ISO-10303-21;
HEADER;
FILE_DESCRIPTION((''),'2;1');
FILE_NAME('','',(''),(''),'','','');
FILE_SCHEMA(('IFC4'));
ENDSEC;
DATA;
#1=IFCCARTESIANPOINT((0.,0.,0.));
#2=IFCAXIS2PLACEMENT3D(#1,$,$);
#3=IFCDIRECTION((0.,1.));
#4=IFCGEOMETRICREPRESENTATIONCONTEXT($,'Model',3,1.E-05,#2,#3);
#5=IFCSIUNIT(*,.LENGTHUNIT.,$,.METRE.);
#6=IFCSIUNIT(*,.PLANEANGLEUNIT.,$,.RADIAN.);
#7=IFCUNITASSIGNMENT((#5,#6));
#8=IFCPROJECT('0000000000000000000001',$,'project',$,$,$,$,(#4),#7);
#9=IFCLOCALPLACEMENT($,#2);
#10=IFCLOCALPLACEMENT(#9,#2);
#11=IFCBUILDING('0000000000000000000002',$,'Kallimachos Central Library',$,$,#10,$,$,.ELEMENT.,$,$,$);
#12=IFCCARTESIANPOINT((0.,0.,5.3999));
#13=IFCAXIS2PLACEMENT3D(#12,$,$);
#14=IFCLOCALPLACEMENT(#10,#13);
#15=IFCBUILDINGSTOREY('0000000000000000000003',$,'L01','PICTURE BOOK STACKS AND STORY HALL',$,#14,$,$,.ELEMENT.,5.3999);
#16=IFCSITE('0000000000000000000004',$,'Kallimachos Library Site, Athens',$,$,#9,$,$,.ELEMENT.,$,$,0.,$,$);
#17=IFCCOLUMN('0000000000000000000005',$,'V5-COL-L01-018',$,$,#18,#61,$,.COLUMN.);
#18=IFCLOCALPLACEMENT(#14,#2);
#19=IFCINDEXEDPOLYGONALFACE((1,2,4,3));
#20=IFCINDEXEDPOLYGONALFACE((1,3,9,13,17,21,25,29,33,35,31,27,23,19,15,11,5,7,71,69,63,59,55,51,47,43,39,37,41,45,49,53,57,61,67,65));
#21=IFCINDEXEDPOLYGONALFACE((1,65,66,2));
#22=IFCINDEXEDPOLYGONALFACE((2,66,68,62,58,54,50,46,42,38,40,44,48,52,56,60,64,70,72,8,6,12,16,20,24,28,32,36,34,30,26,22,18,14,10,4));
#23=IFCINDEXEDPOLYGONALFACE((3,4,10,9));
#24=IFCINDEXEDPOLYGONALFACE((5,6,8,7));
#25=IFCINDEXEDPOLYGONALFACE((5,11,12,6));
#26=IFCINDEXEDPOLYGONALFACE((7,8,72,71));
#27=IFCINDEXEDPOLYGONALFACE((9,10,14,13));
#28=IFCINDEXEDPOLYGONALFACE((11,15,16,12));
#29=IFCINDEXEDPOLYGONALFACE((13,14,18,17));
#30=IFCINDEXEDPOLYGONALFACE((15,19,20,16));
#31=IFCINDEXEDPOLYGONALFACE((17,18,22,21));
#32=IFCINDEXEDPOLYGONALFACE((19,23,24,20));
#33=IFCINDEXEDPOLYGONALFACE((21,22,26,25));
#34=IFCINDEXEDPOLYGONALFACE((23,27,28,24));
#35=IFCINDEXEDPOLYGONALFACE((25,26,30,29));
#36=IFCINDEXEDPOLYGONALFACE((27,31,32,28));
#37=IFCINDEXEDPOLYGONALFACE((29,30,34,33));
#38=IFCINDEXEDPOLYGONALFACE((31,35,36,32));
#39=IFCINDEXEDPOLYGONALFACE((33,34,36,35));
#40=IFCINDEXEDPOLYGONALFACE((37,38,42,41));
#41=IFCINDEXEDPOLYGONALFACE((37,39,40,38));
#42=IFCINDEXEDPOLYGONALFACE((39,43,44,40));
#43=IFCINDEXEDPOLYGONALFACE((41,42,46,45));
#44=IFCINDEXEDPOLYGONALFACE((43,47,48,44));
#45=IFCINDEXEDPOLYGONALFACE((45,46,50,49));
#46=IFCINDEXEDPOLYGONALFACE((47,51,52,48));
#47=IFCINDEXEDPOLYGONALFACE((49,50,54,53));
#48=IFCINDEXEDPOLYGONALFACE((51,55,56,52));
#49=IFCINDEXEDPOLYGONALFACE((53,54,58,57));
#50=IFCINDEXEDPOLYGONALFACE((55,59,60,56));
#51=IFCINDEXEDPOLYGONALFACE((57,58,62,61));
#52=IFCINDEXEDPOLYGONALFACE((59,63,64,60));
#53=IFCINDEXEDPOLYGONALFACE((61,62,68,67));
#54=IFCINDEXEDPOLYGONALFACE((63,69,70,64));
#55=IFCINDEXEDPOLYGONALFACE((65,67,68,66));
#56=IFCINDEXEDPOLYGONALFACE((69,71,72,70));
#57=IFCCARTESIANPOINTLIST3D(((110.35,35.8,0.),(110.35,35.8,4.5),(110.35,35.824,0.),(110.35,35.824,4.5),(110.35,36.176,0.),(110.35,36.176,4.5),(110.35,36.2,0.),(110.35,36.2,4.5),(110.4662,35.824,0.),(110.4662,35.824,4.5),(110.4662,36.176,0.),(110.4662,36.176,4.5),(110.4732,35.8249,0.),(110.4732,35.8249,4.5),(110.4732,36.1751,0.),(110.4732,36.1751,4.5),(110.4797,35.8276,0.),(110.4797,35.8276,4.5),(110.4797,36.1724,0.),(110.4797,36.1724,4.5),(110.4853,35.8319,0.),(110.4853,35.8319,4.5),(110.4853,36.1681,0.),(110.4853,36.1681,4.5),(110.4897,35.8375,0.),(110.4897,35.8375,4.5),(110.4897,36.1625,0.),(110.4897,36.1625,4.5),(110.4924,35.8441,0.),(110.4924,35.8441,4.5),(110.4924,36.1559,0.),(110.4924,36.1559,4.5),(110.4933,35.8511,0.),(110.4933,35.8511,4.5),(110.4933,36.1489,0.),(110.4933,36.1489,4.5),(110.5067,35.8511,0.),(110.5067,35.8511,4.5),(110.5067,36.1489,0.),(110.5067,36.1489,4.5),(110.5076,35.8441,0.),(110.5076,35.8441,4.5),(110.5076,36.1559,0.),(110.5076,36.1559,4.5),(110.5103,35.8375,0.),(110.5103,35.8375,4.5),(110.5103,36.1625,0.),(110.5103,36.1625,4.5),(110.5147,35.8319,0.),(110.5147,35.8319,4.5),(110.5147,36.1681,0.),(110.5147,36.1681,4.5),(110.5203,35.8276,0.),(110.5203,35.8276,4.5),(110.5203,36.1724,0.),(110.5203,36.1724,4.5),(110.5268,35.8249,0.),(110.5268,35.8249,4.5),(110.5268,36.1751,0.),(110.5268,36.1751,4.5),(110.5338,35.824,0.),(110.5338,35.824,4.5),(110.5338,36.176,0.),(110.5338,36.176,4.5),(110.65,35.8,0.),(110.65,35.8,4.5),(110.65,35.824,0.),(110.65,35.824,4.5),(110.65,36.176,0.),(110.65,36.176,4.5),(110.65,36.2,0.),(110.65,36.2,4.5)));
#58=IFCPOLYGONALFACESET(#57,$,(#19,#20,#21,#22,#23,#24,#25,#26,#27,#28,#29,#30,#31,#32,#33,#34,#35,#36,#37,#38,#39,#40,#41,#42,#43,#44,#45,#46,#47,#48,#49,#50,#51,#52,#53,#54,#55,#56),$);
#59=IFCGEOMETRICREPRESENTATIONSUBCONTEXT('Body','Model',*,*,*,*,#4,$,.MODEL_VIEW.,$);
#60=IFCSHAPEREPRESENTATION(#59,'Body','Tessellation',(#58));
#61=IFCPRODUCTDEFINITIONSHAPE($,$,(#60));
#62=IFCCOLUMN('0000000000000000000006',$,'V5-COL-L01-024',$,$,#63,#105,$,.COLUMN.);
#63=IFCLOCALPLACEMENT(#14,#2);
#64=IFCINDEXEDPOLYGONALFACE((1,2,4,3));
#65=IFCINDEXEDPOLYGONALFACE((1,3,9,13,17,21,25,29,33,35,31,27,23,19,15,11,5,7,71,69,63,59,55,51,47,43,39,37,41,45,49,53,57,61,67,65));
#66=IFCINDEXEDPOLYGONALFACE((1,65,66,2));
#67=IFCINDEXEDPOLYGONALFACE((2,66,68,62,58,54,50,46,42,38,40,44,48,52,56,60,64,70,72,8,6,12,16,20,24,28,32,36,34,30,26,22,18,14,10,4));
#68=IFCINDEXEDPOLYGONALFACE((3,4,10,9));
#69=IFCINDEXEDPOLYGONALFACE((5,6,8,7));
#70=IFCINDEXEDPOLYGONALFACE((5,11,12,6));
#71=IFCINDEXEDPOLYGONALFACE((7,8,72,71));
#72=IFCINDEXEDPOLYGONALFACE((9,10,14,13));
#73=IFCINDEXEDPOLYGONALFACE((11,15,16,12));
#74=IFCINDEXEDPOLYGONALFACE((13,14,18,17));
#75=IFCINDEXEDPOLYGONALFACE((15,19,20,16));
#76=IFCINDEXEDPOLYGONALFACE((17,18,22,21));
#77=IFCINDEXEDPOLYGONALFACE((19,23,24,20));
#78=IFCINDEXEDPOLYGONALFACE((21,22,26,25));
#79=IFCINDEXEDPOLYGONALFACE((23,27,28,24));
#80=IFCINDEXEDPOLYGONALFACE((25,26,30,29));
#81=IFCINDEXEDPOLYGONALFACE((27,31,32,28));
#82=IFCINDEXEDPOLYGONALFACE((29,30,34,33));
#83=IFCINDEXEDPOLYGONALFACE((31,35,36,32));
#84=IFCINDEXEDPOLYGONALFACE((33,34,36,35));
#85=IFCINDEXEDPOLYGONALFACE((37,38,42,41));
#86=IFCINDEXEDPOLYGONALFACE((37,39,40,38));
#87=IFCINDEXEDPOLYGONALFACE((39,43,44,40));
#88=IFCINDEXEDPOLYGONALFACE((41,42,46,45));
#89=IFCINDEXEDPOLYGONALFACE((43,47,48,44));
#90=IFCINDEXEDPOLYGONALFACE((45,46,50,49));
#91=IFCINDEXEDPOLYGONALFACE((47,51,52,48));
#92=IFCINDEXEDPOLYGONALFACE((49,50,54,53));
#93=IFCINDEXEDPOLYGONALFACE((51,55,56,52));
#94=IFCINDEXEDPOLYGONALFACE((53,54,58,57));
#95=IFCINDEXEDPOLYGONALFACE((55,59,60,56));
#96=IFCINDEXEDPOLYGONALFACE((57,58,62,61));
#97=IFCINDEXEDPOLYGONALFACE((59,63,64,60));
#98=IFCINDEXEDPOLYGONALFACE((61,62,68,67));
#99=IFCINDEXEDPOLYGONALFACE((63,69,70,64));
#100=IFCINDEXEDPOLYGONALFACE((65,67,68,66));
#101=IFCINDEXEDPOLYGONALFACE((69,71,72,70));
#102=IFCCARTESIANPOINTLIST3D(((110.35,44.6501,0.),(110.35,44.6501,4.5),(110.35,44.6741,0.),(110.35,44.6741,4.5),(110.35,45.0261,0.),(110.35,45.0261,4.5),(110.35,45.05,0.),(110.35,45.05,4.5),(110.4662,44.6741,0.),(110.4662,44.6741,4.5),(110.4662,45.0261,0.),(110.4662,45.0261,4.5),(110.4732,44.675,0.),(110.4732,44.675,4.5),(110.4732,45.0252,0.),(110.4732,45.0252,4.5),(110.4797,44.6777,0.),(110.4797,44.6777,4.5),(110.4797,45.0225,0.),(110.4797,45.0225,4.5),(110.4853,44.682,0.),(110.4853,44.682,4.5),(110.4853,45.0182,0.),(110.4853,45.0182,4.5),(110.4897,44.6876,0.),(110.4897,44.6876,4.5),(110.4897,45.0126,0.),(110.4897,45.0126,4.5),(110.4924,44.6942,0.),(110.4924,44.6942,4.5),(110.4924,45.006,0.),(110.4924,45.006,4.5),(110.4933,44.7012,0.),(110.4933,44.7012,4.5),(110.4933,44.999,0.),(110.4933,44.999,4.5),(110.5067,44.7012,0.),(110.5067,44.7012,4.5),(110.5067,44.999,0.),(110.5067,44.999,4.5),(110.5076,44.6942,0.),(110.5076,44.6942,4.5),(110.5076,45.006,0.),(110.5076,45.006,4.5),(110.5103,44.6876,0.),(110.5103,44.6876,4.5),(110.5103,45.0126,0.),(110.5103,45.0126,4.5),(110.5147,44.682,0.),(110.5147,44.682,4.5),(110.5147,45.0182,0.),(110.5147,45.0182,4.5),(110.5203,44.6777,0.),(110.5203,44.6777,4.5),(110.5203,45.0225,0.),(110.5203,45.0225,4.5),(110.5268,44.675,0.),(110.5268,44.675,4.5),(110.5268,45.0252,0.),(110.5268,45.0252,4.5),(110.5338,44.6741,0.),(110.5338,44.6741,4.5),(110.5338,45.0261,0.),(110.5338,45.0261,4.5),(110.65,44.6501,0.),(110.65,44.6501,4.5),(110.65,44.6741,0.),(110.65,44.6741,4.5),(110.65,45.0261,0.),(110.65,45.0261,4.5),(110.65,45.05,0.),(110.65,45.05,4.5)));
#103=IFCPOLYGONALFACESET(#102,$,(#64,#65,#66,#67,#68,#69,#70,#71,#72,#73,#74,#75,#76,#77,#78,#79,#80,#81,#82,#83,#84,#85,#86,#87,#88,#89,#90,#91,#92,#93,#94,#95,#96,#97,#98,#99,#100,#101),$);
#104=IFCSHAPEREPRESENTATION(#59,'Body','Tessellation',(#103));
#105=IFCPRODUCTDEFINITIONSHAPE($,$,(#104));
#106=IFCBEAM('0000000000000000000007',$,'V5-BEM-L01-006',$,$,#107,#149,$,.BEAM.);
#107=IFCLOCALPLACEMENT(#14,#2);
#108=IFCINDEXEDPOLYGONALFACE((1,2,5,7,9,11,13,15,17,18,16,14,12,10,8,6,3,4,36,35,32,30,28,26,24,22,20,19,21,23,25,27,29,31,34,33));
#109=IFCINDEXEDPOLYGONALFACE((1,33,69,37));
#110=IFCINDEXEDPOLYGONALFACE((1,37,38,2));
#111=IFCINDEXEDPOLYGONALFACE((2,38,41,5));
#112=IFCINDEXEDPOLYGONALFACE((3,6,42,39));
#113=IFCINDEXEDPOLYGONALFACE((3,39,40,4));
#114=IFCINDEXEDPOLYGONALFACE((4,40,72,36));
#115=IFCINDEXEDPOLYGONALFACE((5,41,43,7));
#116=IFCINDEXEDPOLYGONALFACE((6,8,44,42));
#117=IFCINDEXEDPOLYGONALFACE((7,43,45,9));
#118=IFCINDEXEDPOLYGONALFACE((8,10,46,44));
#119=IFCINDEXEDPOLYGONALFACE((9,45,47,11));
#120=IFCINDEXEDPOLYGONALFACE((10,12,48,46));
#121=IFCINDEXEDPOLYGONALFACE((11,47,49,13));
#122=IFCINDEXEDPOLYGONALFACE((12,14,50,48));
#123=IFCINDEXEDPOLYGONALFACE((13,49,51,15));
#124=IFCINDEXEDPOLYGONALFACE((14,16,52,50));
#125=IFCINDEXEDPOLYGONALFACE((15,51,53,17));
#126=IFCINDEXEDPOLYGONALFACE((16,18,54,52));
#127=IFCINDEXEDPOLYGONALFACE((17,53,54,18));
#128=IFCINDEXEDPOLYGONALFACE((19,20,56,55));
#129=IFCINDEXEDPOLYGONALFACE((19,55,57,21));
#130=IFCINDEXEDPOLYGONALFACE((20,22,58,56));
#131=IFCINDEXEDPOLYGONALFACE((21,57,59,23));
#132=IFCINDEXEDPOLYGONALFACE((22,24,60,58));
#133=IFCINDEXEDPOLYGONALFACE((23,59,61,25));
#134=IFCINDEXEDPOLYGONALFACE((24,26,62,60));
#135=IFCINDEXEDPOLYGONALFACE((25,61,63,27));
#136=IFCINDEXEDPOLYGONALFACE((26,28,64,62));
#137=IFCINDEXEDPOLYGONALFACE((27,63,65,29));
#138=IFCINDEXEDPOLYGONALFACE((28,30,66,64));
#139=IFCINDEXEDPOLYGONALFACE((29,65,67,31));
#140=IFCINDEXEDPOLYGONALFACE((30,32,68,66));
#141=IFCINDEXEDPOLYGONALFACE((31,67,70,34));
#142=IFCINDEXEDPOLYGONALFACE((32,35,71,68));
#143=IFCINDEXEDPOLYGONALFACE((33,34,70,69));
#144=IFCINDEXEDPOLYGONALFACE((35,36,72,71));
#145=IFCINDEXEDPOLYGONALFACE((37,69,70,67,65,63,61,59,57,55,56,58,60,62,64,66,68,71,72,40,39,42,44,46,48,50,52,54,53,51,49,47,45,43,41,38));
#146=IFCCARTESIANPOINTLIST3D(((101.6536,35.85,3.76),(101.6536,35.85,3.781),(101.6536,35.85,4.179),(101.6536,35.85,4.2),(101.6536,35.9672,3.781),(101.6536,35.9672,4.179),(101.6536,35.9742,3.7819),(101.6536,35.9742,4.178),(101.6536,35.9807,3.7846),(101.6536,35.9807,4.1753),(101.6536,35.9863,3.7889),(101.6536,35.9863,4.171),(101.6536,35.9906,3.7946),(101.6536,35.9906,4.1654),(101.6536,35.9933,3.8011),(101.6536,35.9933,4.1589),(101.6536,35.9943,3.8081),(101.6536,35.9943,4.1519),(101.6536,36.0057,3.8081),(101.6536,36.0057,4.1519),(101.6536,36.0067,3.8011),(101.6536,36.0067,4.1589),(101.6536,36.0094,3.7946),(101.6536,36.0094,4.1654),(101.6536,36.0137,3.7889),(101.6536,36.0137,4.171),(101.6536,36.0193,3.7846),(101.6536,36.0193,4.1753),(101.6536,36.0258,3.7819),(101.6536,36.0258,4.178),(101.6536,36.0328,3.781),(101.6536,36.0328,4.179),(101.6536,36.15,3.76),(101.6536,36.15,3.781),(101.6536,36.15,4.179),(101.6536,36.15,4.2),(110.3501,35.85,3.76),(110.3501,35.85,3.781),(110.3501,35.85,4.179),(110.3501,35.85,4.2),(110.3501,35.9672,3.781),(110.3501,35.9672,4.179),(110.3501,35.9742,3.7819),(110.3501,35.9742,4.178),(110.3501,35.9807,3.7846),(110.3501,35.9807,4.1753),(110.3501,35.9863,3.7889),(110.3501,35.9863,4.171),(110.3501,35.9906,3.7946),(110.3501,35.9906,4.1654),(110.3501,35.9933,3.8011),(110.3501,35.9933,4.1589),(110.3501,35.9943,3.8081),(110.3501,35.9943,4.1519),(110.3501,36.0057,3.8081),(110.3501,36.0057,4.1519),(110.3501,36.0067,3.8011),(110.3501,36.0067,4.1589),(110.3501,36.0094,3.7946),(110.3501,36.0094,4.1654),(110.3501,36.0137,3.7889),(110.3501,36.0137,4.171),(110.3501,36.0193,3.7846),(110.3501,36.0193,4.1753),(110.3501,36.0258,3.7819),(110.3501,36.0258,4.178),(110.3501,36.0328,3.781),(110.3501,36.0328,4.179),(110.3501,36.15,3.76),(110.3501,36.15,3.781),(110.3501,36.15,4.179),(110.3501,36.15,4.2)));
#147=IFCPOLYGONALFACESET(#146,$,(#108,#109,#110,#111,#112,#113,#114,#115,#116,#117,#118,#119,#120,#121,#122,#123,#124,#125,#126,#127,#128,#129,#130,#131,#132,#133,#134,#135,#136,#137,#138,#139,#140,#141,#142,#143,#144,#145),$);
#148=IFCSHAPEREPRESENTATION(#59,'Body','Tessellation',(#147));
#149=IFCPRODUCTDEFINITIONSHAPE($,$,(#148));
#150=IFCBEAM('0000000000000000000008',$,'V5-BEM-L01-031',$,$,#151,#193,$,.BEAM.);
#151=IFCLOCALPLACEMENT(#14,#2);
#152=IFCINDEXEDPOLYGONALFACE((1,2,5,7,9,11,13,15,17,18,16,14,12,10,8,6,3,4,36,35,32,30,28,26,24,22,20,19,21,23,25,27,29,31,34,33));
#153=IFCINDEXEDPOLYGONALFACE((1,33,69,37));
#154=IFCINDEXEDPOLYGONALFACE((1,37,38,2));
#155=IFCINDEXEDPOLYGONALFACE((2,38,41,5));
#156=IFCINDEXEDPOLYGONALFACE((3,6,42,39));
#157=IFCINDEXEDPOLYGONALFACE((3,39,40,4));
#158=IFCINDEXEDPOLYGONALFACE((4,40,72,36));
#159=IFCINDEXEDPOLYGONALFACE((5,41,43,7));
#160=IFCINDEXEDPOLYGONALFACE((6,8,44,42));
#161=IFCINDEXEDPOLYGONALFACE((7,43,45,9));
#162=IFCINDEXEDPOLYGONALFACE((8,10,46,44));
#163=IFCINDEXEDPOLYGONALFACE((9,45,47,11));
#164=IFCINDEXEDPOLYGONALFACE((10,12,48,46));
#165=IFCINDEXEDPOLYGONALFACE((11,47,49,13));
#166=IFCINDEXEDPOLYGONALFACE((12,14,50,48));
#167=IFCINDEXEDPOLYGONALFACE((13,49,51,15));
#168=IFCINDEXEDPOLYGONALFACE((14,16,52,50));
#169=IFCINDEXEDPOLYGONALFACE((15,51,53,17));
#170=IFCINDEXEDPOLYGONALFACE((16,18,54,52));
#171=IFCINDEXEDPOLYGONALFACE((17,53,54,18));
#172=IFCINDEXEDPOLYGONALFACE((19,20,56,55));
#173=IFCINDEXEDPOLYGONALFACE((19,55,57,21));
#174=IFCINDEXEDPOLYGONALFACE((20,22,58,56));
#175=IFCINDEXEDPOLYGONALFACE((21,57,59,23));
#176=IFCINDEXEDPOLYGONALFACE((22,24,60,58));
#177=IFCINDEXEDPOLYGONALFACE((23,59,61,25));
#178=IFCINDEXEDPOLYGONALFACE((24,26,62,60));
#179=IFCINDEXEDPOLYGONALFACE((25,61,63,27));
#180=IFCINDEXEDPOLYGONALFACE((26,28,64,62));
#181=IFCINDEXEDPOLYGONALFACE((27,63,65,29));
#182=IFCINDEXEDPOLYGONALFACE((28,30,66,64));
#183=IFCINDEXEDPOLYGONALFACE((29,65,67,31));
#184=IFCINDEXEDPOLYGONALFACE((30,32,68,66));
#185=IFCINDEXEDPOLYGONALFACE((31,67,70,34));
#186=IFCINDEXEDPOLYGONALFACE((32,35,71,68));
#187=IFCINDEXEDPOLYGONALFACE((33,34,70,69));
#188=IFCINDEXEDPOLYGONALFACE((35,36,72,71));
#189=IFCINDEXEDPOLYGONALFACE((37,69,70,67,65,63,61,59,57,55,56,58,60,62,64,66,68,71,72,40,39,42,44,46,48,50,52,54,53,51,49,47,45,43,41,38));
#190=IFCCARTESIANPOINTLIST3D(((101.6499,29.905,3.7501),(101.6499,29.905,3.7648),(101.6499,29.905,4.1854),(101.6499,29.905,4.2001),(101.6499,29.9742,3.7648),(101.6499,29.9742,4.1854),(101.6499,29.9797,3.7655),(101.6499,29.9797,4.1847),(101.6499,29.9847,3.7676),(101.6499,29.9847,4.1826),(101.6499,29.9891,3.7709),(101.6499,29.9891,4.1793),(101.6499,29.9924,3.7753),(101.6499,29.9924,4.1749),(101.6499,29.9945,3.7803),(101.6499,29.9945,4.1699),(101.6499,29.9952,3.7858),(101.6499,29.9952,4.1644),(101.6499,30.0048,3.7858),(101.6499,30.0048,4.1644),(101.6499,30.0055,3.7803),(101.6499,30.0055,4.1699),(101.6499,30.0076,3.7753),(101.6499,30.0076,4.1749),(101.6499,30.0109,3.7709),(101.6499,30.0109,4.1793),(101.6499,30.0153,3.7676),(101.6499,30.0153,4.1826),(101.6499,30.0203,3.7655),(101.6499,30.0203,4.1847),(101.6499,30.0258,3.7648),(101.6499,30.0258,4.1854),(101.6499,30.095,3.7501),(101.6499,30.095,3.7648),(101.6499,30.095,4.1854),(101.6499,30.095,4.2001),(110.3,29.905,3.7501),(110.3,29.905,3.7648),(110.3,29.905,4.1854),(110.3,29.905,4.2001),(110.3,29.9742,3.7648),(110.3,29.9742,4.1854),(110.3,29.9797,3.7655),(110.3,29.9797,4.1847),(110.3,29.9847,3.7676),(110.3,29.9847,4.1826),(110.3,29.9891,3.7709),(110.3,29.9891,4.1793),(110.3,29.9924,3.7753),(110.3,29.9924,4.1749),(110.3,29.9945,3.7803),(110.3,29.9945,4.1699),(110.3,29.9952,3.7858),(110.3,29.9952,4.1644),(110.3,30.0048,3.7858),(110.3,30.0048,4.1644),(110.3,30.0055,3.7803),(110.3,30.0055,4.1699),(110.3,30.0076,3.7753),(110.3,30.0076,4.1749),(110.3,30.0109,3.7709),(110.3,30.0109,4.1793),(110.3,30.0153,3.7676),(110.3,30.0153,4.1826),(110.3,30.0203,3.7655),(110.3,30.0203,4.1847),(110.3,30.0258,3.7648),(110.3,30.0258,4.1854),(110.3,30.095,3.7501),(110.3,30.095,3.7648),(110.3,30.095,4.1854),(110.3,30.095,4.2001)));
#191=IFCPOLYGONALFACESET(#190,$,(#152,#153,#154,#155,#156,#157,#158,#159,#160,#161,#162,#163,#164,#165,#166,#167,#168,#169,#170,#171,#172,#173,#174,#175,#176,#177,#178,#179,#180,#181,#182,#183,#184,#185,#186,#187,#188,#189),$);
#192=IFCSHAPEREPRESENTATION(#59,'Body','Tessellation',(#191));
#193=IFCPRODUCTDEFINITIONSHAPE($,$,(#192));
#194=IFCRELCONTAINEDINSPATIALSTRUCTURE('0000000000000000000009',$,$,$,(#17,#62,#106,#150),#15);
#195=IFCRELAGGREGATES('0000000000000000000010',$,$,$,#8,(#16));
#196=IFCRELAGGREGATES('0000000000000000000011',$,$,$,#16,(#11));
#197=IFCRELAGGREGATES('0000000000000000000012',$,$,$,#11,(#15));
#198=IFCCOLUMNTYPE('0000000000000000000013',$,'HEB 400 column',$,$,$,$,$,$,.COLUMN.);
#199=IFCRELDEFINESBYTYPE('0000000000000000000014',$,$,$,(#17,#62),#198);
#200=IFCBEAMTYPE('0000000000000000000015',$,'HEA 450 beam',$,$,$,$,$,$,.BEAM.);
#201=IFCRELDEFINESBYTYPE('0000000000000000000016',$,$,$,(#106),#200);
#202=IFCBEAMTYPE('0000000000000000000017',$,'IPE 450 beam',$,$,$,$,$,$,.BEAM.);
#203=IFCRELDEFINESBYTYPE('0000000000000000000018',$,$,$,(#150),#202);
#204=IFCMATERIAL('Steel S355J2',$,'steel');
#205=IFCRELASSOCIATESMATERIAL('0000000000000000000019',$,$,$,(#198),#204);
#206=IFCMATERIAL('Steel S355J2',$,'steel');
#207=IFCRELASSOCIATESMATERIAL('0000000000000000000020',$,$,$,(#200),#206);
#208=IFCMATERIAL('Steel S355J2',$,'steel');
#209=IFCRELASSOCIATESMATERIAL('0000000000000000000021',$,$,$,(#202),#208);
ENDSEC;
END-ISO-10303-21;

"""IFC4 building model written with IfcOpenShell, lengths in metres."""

from ifc_helpers import new_model, si_unit, direction, frame, origin, origin_2d, place, context, subcontext, project, spatial, i_section, extrude, material, material_profile, profile_set, type_object, element, save


model = new_model("IFC4")

# Units and contexts
model_context = context("Model", 3, precision=1e-05, world=origin(), true_north=direction((0.0, 1.0)))
body_context = subcontext(model_context, "Body", "Model", "MODEL_VIEW")
ifc_project = project(units=[si_unit("LENGTHUNIT", "METRE"), si_unit("PLANEANGLEUNIT", "RADIAN")], contexts=[model_context])

# Site, building, storey
site_placement = place(None, origin())
site = spatial("IfcSite", under=ifc_project, at=site_placement, Name="Kallimachos Library Site, Athens", CompositionType="ELEMENT", RefElevation=0.0)
building_placement = place(site_placement, origin())
building = spatial("IfcBuilding", under=site, at=building_placement, Name="Kallimachos Central Library", CompositionType="ELEMENT")
storey_placement = place(building_placement, frame((0.0, 0.0, 5.3999)))
storey = spatial("IfcBuildingStorey", under=building, at=storey_placement, Name="L01", Description="PICTURE BOOK STACKS AND STORY HALL", CompositionType="ELEMENT", Elevation=5.3999)

# Columns
ifc_material_1 = material(Name="Steel S355J2", Category="steel")
ifc_material_profile_1 = material_profile(ifc_material_1, i_section(OverallWidth=0.3, OverallDepth=0.3999, WebThickness=0.0134, FlangeThickness=0.0239, FilletRadius=0.0271, at=origin_2d()), Name="HEB 400")
ifc_profile_set_1 = profile_set([ifc_material_profile_1], Name="Steel S355J2")
column_type = type_object("IfcColumnType", Name="HEB 400 column", PredefinedType="COLUMN", material=ifc_profile_set_1)
for number, where, z_axis, x_axis, name in (
    (1, (110.5, 36.0, 0.0), (0.0, 0.0, 1.0), (1.0, 0.0, 0.0), "V5-COL-L01-018"),
    (2, (110.5, 44.8501, 0.0), (0.0, 0.0, 1.0), (1.0, 0.0, 0.0), "V5-COL-L01-024"),
):
    element("IfcColumn", number, at=place(storey_placement, frame(where, z_axis=z_axis, x_axis=x_axis)), inside=storey, type_object=column_type, Name=name, PredefinedType="COLUMN", context=body_context, shape_type="SweptSolid", body=[
        extrude(i_section(OverallWidth=0.3, OverallDepth=0.3999, WebThickness=0.0134, FlangeThickness=0.0239, FilletRadius=0.0271, at=origin_2d()), origin(), (0.0, 0.0, 1.0), 4.5),
    ])

# Beams
ifc_material_2 = material(Name="Steel S355J2", Category="steel")
ifc_material_profile_2 = material_profile(ifc_material_2, i_section(OverallWidth=0.3, OverallDepth=0.4399, WebThickness=0.0115, FlangeThickness=0.021, FilletRadius=0.0271, at=origin_2d()), Name="HEA 450")
ifc_profile_set_2 = profile_set([ifc_material_profile_2], Name="Steel S355J2")
beam_type_1 = type_object("IfcBeamType", Name="HEA 450 beam", PredefinedType="BEAM", material=ifc_profile_set_2)
beam_placement = place(storey_placement, frame((101.6536, 36.0, 3.98), z_axis=(1.0, 0.0, 0.0), x_axis=(0.0, 1.0, 0.0)))
element("IfcBeam", 3, at=beam_placement, inside=storey, type_object=beam_type_1, Name="V5-BEM-L01-006", PredefinedType="BEAM", context=body_context, shape_type="SweptSolid", body=[
    extrude(i_section(OverallWidth=0.3, OverallDepth=0.4399, WebThickness=0.0115, FlangeThickness=0.021, FilletRadius=0.0271, at=origin_2d()), origin(), (0.0, 0.0, 1.0), 8.6965),
])
ifc_material_3 = material(Name="Steel S355J2", Category="steel")
ifc_material_profile_3 = material_profile(ifc_material_3, i_section(OverallWidth=0.1899, OverallDepth=0.45, WebThickness=0.0095, FlangeThickness=0.0146, FilletRadius=0.021, at=origin_2d()), Name="IPE 450")
ifc_profile_set_3 = profile_set([ifc_material_profile_3], Name="Steel S355J2")
beam_type_2 = type_object("IfcBeamType", Name="IPE 450 beam", PredefinedType="BEAM", material=ifc_profile_set_3)
for number, where, z_axis, x_axis, name in (
    (4, (101.6499, 30.0, 3.9751), (1.0, 0.0, 0.0), (0.0, 1.0, 0.0), "V5-BEM-L01-031"),
):
    element("IfcBeam", number, at=place(storey_placement, frame(where, z_axis=z_axis, x_axis=x_axis)), inside=storey, type_object=beam_type_2, Name=name, PredefinedType="BEAM", context=body_context, shape_type="SweptSolid", body=[
        extrude(i_section(OverallWidth=0.1899, OverallDepth=0.45, WebThickness=0.0095, FlangeThickness=0.0146, FilletRadius=0.021, at=origin_2d()), origin(), (0.0, 0.0, 1.0), 8.6501),
    ])

save(model, "model.ifc")
